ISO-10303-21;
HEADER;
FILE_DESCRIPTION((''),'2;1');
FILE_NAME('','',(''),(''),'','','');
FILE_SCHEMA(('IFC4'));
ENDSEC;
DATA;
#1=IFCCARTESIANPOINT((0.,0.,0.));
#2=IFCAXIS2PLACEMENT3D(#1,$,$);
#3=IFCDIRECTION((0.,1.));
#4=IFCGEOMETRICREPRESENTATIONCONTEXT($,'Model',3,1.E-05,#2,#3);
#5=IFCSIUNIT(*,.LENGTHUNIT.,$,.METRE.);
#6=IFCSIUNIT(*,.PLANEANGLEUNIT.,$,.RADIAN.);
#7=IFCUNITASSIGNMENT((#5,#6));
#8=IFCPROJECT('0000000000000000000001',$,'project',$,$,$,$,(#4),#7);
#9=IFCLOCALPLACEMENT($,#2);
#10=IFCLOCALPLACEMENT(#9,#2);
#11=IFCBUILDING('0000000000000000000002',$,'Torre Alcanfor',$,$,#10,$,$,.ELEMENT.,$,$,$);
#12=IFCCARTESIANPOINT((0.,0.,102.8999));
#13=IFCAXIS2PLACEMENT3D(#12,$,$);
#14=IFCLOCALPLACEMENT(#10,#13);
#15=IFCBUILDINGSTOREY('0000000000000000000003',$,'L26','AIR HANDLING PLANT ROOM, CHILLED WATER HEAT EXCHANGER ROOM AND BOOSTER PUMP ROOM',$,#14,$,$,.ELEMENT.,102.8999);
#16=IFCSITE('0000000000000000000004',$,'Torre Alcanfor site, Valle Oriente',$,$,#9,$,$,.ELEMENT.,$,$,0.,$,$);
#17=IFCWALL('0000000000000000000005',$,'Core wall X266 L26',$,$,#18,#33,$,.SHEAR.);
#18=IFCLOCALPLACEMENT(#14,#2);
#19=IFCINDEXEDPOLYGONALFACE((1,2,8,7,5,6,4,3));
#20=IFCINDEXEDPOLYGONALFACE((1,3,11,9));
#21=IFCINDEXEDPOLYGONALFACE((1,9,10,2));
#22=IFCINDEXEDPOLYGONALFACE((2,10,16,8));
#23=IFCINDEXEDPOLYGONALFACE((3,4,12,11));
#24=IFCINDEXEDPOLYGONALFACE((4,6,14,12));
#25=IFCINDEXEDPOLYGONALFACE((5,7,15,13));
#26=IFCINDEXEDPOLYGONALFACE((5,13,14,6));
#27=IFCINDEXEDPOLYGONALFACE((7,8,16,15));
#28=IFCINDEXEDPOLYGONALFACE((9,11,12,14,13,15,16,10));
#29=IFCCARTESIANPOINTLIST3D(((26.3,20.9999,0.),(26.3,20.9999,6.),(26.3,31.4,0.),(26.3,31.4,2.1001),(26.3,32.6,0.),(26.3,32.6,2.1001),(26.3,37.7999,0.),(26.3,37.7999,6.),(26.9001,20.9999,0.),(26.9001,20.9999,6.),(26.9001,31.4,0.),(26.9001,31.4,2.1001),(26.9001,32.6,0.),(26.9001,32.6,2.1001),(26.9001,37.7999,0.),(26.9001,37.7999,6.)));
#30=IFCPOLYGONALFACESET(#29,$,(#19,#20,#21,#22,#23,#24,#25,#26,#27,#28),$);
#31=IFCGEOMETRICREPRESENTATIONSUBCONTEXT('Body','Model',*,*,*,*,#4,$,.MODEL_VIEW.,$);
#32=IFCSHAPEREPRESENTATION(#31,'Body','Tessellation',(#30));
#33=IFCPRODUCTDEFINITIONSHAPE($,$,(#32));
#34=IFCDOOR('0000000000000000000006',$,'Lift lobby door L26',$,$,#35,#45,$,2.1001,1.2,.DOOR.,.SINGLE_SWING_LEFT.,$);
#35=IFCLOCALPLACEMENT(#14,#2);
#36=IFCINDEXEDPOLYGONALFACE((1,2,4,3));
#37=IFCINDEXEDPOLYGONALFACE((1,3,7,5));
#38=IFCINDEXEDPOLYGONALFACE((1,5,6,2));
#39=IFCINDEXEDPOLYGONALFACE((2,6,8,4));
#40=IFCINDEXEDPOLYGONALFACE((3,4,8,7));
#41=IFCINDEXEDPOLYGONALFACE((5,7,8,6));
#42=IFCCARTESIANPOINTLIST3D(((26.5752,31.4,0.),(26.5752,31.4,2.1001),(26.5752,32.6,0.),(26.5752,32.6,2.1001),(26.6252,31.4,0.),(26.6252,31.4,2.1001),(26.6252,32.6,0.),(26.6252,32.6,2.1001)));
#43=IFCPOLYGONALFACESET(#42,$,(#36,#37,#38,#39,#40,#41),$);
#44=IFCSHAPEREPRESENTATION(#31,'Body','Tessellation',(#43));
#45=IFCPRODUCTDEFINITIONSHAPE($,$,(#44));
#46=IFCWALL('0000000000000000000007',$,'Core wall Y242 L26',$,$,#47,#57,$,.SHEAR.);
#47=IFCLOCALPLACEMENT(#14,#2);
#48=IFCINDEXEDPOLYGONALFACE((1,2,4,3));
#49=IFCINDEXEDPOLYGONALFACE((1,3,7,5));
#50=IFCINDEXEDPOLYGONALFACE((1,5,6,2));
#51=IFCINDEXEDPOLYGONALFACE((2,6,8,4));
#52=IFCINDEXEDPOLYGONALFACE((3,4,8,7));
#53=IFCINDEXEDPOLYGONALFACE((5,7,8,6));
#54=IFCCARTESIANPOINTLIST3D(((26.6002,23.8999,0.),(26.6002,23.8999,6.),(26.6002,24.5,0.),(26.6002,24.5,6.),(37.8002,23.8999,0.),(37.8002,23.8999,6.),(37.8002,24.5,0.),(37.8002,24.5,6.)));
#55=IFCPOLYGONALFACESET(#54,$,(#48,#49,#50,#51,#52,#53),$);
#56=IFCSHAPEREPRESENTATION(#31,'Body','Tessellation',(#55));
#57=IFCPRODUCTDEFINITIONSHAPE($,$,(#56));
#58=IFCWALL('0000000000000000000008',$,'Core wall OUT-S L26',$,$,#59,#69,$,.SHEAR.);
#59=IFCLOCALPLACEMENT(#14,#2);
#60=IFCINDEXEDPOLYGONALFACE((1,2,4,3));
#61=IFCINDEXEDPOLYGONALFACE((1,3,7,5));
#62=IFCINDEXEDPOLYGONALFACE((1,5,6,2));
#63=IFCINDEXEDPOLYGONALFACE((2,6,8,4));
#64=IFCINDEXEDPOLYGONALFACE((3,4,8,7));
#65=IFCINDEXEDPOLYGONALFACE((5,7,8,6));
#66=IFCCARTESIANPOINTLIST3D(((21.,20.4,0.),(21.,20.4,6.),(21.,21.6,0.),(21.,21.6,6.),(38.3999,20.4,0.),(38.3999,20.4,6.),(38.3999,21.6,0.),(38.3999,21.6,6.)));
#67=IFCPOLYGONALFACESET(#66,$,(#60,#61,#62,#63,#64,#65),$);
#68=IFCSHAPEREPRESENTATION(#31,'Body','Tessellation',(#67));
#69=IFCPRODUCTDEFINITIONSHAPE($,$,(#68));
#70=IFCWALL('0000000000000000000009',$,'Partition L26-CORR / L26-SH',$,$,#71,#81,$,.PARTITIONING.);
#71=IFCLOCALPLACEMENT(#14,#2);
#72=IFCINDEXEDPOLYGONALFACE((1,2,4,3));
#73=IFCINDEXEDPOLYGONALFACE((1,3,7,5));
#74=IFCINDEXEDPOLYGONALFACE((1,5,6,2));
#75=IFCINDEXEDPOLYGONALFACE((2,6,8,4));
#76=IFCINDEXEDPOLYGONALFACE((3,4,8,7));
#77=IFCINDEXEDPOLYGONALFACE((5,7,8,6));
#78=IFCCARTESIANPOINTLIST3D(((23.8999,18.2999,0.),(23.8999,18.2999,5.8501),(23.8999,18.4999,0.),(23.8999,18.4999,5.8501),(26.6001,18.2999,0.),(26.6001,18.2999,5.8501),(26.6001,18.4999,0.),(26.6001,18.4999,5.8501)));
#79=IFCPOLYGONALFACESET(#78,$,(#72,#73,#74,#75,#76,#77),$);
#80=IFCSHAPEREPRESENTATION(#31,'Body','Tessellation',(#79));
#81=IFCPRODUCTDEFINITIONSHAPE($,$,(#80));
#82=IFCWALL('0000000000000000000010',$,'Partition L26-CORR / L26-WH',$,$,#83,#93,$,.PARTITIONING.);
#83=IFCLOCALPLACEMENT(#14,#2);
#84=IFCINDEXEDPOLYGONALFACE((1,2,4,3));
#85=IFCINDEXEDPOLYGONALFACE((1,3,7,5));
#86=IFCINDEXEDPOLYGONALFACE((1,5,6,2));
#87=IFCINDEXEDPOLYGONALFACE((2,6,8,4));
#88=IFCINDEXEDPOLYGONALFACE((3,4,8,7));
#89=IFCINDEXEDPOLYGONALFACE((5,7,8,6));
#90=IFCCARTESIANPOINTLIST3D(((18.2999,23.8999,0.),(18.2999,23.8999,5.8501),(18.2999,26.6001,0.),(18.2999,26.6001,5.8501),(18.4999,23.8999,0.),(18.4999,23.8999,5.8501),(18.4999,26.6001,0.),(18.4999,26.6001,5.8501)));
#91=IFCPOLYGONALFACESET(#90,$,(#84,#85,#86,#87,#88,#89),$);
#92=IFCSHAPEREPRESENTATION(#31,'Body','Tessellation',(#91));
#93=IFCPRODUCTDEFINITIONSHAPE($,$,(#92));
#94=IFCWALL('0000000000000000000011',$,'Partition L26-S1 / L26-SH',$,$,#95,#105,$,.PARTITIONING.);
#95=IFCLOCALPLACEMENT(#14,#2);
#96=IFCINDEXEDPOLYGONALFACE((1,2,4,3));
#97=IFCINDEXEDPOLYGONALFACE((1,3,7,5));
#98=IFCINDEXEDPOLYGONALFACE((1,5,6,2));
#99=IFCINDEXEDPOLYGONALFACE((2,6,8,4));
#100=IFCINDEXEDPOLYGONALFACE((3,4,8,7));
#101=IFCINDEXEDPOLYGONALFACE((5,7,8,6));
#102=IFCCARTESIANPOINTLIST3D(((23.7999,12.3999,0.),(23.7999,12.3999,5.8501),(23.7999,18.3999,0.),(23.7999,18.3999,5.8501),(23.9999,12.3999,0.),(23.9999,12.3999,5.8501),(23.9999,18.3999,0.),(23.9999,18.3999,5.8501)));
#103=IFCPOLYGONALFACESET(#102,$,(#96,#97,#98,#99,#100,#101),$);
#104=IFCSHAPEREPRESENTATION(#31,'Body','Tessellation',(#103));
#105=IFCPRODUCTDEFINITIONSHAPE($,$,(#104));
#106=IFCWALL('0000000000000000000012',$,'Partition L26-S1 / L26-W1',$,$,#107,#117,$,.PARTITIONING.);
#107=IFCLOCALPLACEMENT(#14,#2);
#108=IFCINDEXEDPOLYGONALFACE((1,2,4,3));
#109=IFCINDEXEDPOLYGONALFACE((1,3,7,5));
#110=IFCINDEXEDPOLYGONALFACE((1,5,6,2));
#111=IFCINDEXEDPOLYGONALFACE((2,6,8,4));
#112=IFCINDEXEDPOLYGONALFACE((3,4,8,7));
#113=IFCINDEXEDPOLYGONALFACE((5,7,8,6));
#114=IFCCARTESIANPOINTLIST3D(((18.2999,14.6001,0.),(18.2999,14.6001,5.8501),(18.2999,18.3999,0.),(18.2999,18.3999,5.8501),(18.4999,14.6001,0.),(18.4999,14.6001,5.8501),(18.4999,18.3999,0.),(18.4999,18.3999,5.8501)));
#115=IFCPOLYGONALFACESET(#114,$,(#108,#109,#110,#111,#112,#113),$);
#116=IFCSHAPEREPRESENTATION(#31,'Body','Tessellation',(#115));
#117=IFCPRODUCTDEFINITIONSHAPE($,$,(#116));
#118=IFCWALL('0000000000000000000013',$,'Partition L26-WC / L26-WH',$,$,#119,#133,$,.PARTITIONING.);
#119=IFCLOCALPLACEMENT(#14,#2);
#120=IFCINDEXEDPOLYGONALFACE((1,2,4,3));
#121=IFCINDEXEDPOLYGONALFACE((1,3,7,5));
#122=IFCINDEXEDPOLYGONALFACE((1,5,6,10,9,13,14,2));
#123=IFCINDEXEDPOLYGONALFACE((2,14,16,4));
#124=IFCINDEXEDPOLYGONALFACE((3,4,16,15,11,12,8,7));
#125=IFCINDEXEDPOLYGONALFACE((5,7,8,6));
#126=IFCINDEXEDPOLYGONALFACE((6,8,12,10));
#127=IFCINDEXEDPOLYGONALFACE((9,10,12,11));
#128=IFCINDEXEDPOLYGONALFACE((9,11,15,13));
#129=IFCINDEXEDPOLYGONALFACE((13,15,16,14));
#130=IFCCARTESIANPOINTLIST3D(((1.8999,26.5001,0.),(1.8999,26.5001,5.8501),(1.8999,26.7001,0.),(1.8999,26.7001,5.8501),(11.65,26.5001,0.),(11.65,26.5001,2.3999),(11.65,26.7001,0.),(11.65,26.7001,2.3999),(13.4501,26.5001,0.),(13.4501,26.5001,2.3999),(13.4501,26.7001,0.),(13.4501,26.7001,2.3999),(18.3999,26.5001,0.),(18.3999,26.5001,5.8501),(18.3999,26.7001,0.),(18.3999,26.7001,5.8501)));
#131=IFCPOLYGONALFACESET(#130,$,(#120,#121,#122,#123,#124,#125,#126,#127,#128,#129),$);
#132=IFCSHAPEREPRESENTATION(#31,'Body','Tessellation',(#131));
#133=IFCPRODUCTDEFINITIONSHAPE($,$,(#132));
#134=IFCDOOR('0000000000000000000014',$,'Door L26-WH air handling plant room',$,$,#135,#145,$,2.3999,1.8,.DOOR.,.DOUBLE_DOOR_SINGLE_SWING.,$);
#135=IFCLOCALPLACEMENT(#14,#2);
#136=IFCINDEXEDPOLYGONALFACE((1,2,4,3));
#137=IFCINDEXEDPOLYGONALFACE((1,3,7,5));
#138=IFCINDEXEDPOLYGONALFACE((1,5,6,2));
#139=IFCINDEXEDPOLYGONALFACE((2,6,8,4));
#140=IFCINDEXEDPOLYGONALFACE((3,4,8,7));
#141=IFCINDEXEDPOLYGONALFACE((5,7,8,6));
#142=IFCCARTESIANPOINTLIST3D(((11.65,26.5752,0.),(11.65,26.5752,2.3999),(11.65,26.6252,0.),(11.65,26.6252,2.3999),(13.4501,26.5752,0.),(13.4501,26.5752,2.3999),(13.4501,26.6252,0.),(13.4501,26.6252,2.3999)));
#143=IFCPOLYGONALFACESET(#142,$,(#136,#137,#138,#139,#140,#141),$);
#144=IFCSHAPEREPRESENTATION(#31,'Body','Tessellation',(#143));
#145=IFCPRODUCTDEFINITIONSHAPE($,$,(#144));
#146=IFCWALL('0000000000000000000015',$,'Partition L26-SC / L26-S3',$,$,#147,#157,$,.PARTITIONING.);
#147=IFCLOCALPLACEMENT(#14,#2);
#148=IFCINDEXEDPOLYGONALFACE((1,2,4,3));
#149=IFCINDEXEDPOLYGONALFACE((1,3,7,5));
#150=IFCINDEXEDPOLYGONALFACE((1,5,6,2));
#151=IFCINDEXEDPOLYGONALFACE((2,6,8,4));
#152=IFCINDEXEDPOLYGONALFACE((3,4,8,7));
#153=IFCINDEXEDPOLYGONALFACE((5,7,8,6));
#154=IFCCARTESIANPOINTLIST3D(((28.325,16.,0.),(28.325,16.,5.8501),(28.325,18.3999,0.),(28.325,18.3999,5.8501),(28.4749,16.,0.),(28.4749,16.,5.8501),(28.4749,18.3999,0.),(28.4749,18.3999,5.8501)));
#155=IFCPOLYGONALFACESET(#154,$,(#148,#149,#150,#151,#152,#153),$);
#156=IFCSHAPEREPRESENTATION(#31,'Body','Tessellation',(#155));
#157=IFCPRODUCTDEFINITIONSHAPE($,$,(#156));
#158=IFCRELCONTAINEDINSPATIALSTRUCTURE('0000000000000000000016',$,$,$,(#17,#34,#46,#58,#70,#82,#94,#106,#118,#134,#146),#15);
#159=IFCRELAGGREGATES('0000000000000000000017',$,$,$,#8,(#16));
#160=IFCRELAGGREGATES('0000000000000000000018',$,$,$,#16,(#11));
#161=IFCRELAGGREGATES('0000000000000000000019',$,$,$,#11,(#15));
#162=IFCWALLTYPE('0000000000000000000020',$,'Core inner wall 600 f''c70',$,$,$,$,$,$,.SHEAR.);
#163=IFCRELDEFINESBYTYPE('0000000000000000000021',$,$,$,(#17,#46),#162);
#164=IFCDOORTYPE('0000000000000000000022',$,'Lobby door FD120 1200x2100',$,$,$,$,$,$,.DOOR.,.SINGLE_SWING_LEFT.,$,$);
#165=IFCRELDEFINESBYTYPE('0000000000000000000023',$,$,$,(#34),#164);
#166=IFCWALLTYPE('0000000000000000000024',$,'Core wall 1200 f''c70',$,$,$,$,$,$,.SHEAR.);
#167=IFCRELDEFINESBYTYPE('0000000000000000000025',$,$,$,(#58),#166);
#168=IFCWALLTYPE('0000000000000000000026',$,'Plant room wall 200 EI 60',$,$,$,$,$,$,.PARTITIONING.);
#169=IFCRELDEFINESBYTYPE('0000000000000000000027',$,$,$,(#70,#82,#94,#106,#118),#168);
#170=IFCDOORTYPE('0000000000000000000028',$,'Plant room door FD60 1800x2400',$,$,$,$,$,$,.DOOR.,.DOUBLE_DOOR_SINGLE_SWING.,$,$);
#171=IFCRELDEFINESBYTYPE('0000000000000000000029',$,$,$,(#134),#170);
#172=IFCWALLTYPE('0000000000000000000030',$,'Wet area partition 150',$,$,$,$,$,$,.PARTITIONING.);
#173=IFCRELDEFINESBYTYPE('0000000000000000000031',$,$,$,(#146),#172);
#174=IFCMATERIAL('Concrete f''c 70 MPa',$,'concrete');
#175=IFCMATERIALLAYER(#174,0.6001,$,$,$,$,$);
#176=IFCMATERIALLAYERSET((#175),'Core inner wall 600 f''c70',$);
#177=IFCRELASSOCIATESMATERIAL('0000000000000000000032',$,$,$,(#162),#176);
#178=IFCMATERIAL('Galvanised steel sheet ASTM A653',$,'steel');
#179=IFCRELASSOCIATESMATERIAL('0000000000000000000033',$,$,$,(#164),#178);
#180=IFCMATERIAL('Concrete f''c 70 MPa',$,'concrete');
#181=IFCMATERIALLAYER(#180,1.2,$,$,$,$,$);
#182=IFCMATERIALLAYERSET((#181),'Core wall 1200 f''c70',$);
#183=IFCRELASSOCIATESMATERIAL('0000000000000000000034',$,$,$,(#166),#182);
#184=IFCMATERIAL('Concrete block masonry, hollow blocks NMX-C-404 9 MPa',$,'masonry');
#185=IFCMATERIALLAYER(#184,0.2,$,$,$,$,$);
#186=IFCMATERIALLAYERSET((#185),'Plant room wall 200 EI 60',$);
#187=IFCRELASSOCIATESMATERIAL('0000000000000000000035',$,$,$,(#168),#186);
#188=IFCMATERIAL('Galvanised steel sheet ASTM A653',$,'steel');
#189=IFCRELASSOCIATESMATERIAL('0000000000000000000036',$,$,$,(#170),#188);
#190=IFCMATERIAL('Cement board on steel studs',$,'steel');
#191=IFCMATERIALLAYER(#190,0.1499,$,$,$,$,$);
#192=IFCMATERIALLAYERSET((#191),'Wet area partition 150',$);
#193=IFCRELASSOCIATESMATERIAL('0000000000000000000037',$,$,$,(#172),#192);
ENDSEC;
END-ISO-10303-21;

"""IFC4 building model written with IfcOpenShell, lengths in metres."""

from ifc_helpers import new_model, si_unit, direction, frame, frame_2d, origin, place, context, subcontext, project, spatial, rectangle, extrude, material, layer, layer_set, type_object, element, fill, save


model = new_model("IFC4")

# Units and contexts
model_context = context("Model", 3, precision=1e-05, world=origin(), true_north=direction((0.0, 1.0)))
body_context = subcontext(model_context, "Body", "Model", "MODEL_VIEW")
ifc_project = project(units=[si_unit("LENGTHUNIT", "METRE"), si_unit("PLANEANGLEUNIT", "RADIAN")], contexts=[model_context])

# Site, building, storey
site_placement = place(None, origin())
site = spatial("IfcSite", under=ifc_project, at=site_placement, Name="Torre Alcanfor site, Valle Oriente", CompositionType="ELEMENT", RefElevation=0.0)
building_placement = place(site_placement, origin())
building = spatial("IfcBuilding", under=site, at=building_placement, Name="Torre Alcanfor", CompositionType="ELEMENT")
storey_placement = place(building_placement, frame((0.0, 0.0, 102.8999)))
storey = spatial("IfcBuildingStorey", under=building, at=storey_placement, Name="L26", Description="AIR HANDLING PLANT ROOM, CHILLED WATER HEAT EXCHANGER ROOM AND BOOSTER PUMP ROOM", CompositionType="ELEMENT", Elevation=102.8999)

# Wall, opening, door
ifc_material_1 = material(Name="Concrete f'c 70 MPa", Category="concrete")
ifc_layer_1 = layer(ifc_material_1, 0.6001)
ifc_layer_set_1 = layer_set([ifc_layer_1], Name="Core inner wall 600 f'c70")
wall_type_1 = type_object("IfcWallType", Name="Core inner wall 600 f'c70", PredefinedType="SHEAR", material=ifc_layer_set_1)
wall_1_placement = place(storey_placement, frame((26.6001, 21.0, 0.0), z_axis=(0.0, 0.0, 1.0), x_axis=(0.0, 1.0, 0.0)))
wall_1 = element("IfcWall", 1, at=wall_1_placement, inside=storey, type_object=wall_type_1, Name="Core wall X266 L26", PredefinedType="SHEAR", context=body_context, shape_type="SweptSolid", body=[
    extrude(rectangle(XDim=16.8, YDim=0.6001, at=frame_2d((8.3999, 0.0))), origin(), (0.0, 0.0, 1.0), 6.0),
])
opening_1_placement = place(wall_1_placement, frame((10.3999, 0.0, 0.0)))
opening_1 = element("IfcOpeningElement", 2, at=opening_1_placement, cuts=wall_1, PredefinedType="OPENING", context=body_context, shape_type="SweptSolid", body=[
    extrude(rectangle(XDim=1.2, YDim=2.1001, at=frame_2d((0.6001, 1.05))), frame((0.0, 0.3101, 0.0), z_axis=(0.0, -1.0, 0.0), x_axis=(1.0, 0.0, 0.0)), (0.0, 0.0, 1.0), 0.6201),
])
ifc_material_2 = material(Name="Galvanised steel sheet ASTM A653", Category="steel")
door_type_1 = type_object("IfcDoorType", Name="Lobby door FD120 1200x2100", OperationType="SINGLE_SWING_LEFT", PredefinedType="DOOR", material=ifc_material_2)
door_1_placement = place(opening_1_placement, origin())
door_1 = element("IfcDoor", 3, at=door_1_placement, inside=storey, type_object=door_type_1, Name="Lift lobby door L26", OperationType="SINGLE_SWING_LEFT", OverallHeight=2.1001, OverallWidth=1.2, PredefinedType="DOOR", context=body_context, shape_type="SweptSolid", body=[
    extrude(rectangle(XDim=1.2, YDim=2.1001, at=frame_2d((0.6001, 1.05))), frame((0.0, 0.0249, 0.0), z_axis=(0.0, -1.0, 0.0), x_axis=(1.0, 0.0, 0.0)), (0.0, 0.0, 1.0), 0.05),
])
fill(opening_1, door_1)

# Walls
wall_2_placement = place(storey_placement, frame((26.6001, 24.2, 0.0), z_axis=(0.0, 0.0, 1.0), x_axis=(1.0, 0.0, 0.0)))
element("IfcWall", 4, at=wall_2_placement, inside=storey, type_object=wall_type_1, Name="Core wall Y242 L26", PredefinedType="SHEAR", context=body_context, shape_type="SweptSolid", body=[
    extrude(rectangle(XDim=11.2, YDim=0.6001, at=frame_2d((5.6001, 0.0))), origin(), (0.0, 0.0, 1.0), 6.0),
])
ifc_material_3 = material(Name="Concrete f'c 70 MPa", Category="concrete")
ifc_layer_2 = layer(ifc_material_3, 1.2)
ifc_layer_set_2 = layer_set([ifc_layer_2], Name="Core wall 1200 f'c70")
wall_type_2 = type_object("IfcWallType", Name="Core wall 1200 f'c70", PredefinedType="SHEAR", material=ifc_layer_set_2)
wall_3_placement = place(storey_placement, frame((21.0, 21.0, 0.0), z_axis=(0.0, 0.0, 1.0), x_axis=(1.0, 0.0, 0.0)))
element("IfcWall", 5, at=wall_3_placement, inside=storey, type_object=wall_type_2, Name="Core wall OUT-S L26", PredefinedType="SHEAR", context=body_context, shape_type="SweptSolid", body=[
    extrude(rectangle(XDim=17.3999, YDim=1.2, at=frame_2d((8.7, 0.0))), origin(), (0.0, 0.0, 1.0), 6.0),
])

# Shared definitions
ifc_material_4 = material(Name="Concrete block masonry, hollow blocks NMX-C-404 9 MPa", Category="masonry")
ifc_layer_3 = layer(ifc_material_4, 0.2)
ifc_layer_set_3 = layer_set([ifc_layer_3], Name="Plant room wall 200 EI 60")
wall_type_3 = type_object("IfcWallType", Name="Plant room wall 200 EI 60", PredefinedType="PARTITIONING", material=ifc_layer_set_3)
ifc_material_5 = material(Name="Galvanised steel sheet ASTM A653", Category="steel")
door_type_2 = type_object("IfcDoorType", Name="Plant room door FD60 1800x2400", OperationType="DOUBLE_DOOR_SINGLE_SWING", PredefinedType="DOOR", material=ifc_material_5)

# Wall
wall_4_placement = place(storey_placement, frame((26.6001, 18.3999, 0.0), z_axis=(0.0, 0.0, 1.0), x_axis=(-1.0, 0.0, 0.0)))
element("IfcWall", 6, at=wall_4_placement, inside=storey, type_object=wall_type_3, Name="Partition L26-CORR / L26-SH", PredefinedType="PARTITIONING", context=body_context, shape_type="SweptSolid", body=[
    extrude(rectangle(XDim=2.7002, YDim=0.2, at=frame_2d((1.3501, 0.0))), origin(), (0.0, 0.0, 1.0), 5.8501),
])

# Walls
wall_5_placement = place(storey_placement, frame((18.3999, 23.8999, 0.0), z_axis=(0.0, 0.0, 1.0), x_axis=(0.0, 1.0, 0.0)))
element("IfcWall", 7, at=wall_5_placement, inside=storey, type_object=wall_type_3, Name="Partition L26-CORR / L26-WH", PredefinedType="PARTITIONING", context=body_context, shape_type="SweptSolid", body=[
    extrude(rectangle(XDim=2.7002, YDim=0.2, at=frame_2d((1.3501, 0.0))), origin(), (0.0, 0.0, 1.0), 5.8501),
])
wall_6_placement = place(storey_placement, frame((23.8999, 18.3999, 0.0), z_axis=(0.0, 0.0, 1.0), x_axis=(0.0, -1.0, 0.0)))
element("IfcWall", 8, at=wall_6_placement, inside=storey, type_object=wall_type_3, Name="Partition L26-S1 / L26-SH", PredefinedType="PARTITIONING", context=body_context, shape_type="SweptSolid", body=[
    extrude(rectangle(XDim=6.0, YDim=0.2, at=frame_2d((3.0, 0.0))), origin(), (0.0, 0.0, 1.0), 5.8501),
])
wall_7_placement = place(storey_placement, frame((18.3999, 14.6001, 0.0), z_axis=(0.0, 0.0, 1.0), x_axis=(0.0, 1.0, 0.0)))
element("IfcWall", 9, at=wall_7_placement, inside=storey, type_object=wall_type_3, Name="Partition L26-S1 / L26-W1", PredefinedType="PARTITIONING", context=body_context, shape_type="SweptSolid", body=[
    extrude(rectangle(XDim=3.7998, YDim=0.2, at=frame_2d((1.8999, 0.0))), origin(), (0.0, 0.0, 1.0), 5.8501),
])

# Wall, opening, door
wall_8_placement = place(storey_placement, frame((18.3999, 26.6001, 0.0), z_axis=(0.0, 0.0, 1.0), x_axis=(-1.0, 0.0, 0.0)))
wall_8 = element("IfcWall", 10, at=wall_8_placement, inside=storey, type_object=wall_type_3, Name="Partition L26-WC / L26-WH", PredefinedType="PARTITIONING", context=body_context, shape_type="SweptSolid", body=[
    extrude(rectangle(XDim=16.5, YDim=0.2, at=frame_2d((8.25, 0.0))), origin(), (0.0, 0.0, 1.0), 5.8501),
])
opening_2_placement = place(wall_8_placement, frame((4.95, 0.0, 0.0)))
opening_2 = element("IfcOpeningElement", 11, at=opening_2_placement, cuts=wall_8, PredefinedType="OPENING", context=body_context, shape_type="SweptSolid", body=[
    extrude(rectangle(XDim=1.8, YDim=2.3999, at=frame_2d((0.8999, 1.2))), frame((0.0, 0.1099, 0.0), z_axis=(0.0, -1.0, 0.0), x_axis=(1.0, 0.0, 0.0)), (0.0, 0.0, 1.0), 0.22),
])
door_2_placement = place(opening_2_placement, origin())
door_2 = element("IfcDoor", 12, at=door_2_placement, inside=storey, type_object=door_type_2, Name="Door L26-WH air handling plant room", OperationType="DOUBLE_DOOR_SINGLE_SWING", OverallHeight=2.3999, OverallWidth=1.8, PredefinedType="DOOR", context=body_context, shape_type="SweptSolid", body=[
    extrude(rectangle(XDim=1.8, YDim=2.3999, at=frame_2d((0.8999, 1.2))), frame((0.0, 0.0249, 0.0), z_axis=(0.0, -1.0, 0.0), x_axis=(1.0, 0.0, 0.0)), (0.0, 0.0, 1.0), 0.05),
])
fill(opening_2, door_2)

# Wall
ifc_material_6 = material(Name="Cement board on steel studs", Category="steel")
ifc_layer_4 = layer(ifc_material_6, 0.1499)
ifc_layer_set_4 = layer_set([ifc_layer_4], Name="Wet area partition 150")
wall_type_4 = type_object("IfcWallType", Name="Wet area partition 150", PredefinedType="PARTITIONING", material=ifc_layer_set_4)
wall_9_placement = place(storey_placement, frame((28.3999, 18.3999, 0.0), z_axis=(0.0, 0.0, 1.0), x_axis=(0.0, -1.0, 0.0)))
element("IfcWall", 13, at=wall_9_placement, inside=storey, type_object=wall_type_4, Name="Partition L26-SC / L26-S3", PredefinedType="PARTITIONING", context=body_context, shape_type="SweptSolid", body=[
    extrude(rectangle(XDim=2.3999, YDim=0.1499, at=frame_2d((1.2, 0.0))), origin(), (0.0, 0.0, 1.0), 5.8501),
])

save(model, "model.ifc")
